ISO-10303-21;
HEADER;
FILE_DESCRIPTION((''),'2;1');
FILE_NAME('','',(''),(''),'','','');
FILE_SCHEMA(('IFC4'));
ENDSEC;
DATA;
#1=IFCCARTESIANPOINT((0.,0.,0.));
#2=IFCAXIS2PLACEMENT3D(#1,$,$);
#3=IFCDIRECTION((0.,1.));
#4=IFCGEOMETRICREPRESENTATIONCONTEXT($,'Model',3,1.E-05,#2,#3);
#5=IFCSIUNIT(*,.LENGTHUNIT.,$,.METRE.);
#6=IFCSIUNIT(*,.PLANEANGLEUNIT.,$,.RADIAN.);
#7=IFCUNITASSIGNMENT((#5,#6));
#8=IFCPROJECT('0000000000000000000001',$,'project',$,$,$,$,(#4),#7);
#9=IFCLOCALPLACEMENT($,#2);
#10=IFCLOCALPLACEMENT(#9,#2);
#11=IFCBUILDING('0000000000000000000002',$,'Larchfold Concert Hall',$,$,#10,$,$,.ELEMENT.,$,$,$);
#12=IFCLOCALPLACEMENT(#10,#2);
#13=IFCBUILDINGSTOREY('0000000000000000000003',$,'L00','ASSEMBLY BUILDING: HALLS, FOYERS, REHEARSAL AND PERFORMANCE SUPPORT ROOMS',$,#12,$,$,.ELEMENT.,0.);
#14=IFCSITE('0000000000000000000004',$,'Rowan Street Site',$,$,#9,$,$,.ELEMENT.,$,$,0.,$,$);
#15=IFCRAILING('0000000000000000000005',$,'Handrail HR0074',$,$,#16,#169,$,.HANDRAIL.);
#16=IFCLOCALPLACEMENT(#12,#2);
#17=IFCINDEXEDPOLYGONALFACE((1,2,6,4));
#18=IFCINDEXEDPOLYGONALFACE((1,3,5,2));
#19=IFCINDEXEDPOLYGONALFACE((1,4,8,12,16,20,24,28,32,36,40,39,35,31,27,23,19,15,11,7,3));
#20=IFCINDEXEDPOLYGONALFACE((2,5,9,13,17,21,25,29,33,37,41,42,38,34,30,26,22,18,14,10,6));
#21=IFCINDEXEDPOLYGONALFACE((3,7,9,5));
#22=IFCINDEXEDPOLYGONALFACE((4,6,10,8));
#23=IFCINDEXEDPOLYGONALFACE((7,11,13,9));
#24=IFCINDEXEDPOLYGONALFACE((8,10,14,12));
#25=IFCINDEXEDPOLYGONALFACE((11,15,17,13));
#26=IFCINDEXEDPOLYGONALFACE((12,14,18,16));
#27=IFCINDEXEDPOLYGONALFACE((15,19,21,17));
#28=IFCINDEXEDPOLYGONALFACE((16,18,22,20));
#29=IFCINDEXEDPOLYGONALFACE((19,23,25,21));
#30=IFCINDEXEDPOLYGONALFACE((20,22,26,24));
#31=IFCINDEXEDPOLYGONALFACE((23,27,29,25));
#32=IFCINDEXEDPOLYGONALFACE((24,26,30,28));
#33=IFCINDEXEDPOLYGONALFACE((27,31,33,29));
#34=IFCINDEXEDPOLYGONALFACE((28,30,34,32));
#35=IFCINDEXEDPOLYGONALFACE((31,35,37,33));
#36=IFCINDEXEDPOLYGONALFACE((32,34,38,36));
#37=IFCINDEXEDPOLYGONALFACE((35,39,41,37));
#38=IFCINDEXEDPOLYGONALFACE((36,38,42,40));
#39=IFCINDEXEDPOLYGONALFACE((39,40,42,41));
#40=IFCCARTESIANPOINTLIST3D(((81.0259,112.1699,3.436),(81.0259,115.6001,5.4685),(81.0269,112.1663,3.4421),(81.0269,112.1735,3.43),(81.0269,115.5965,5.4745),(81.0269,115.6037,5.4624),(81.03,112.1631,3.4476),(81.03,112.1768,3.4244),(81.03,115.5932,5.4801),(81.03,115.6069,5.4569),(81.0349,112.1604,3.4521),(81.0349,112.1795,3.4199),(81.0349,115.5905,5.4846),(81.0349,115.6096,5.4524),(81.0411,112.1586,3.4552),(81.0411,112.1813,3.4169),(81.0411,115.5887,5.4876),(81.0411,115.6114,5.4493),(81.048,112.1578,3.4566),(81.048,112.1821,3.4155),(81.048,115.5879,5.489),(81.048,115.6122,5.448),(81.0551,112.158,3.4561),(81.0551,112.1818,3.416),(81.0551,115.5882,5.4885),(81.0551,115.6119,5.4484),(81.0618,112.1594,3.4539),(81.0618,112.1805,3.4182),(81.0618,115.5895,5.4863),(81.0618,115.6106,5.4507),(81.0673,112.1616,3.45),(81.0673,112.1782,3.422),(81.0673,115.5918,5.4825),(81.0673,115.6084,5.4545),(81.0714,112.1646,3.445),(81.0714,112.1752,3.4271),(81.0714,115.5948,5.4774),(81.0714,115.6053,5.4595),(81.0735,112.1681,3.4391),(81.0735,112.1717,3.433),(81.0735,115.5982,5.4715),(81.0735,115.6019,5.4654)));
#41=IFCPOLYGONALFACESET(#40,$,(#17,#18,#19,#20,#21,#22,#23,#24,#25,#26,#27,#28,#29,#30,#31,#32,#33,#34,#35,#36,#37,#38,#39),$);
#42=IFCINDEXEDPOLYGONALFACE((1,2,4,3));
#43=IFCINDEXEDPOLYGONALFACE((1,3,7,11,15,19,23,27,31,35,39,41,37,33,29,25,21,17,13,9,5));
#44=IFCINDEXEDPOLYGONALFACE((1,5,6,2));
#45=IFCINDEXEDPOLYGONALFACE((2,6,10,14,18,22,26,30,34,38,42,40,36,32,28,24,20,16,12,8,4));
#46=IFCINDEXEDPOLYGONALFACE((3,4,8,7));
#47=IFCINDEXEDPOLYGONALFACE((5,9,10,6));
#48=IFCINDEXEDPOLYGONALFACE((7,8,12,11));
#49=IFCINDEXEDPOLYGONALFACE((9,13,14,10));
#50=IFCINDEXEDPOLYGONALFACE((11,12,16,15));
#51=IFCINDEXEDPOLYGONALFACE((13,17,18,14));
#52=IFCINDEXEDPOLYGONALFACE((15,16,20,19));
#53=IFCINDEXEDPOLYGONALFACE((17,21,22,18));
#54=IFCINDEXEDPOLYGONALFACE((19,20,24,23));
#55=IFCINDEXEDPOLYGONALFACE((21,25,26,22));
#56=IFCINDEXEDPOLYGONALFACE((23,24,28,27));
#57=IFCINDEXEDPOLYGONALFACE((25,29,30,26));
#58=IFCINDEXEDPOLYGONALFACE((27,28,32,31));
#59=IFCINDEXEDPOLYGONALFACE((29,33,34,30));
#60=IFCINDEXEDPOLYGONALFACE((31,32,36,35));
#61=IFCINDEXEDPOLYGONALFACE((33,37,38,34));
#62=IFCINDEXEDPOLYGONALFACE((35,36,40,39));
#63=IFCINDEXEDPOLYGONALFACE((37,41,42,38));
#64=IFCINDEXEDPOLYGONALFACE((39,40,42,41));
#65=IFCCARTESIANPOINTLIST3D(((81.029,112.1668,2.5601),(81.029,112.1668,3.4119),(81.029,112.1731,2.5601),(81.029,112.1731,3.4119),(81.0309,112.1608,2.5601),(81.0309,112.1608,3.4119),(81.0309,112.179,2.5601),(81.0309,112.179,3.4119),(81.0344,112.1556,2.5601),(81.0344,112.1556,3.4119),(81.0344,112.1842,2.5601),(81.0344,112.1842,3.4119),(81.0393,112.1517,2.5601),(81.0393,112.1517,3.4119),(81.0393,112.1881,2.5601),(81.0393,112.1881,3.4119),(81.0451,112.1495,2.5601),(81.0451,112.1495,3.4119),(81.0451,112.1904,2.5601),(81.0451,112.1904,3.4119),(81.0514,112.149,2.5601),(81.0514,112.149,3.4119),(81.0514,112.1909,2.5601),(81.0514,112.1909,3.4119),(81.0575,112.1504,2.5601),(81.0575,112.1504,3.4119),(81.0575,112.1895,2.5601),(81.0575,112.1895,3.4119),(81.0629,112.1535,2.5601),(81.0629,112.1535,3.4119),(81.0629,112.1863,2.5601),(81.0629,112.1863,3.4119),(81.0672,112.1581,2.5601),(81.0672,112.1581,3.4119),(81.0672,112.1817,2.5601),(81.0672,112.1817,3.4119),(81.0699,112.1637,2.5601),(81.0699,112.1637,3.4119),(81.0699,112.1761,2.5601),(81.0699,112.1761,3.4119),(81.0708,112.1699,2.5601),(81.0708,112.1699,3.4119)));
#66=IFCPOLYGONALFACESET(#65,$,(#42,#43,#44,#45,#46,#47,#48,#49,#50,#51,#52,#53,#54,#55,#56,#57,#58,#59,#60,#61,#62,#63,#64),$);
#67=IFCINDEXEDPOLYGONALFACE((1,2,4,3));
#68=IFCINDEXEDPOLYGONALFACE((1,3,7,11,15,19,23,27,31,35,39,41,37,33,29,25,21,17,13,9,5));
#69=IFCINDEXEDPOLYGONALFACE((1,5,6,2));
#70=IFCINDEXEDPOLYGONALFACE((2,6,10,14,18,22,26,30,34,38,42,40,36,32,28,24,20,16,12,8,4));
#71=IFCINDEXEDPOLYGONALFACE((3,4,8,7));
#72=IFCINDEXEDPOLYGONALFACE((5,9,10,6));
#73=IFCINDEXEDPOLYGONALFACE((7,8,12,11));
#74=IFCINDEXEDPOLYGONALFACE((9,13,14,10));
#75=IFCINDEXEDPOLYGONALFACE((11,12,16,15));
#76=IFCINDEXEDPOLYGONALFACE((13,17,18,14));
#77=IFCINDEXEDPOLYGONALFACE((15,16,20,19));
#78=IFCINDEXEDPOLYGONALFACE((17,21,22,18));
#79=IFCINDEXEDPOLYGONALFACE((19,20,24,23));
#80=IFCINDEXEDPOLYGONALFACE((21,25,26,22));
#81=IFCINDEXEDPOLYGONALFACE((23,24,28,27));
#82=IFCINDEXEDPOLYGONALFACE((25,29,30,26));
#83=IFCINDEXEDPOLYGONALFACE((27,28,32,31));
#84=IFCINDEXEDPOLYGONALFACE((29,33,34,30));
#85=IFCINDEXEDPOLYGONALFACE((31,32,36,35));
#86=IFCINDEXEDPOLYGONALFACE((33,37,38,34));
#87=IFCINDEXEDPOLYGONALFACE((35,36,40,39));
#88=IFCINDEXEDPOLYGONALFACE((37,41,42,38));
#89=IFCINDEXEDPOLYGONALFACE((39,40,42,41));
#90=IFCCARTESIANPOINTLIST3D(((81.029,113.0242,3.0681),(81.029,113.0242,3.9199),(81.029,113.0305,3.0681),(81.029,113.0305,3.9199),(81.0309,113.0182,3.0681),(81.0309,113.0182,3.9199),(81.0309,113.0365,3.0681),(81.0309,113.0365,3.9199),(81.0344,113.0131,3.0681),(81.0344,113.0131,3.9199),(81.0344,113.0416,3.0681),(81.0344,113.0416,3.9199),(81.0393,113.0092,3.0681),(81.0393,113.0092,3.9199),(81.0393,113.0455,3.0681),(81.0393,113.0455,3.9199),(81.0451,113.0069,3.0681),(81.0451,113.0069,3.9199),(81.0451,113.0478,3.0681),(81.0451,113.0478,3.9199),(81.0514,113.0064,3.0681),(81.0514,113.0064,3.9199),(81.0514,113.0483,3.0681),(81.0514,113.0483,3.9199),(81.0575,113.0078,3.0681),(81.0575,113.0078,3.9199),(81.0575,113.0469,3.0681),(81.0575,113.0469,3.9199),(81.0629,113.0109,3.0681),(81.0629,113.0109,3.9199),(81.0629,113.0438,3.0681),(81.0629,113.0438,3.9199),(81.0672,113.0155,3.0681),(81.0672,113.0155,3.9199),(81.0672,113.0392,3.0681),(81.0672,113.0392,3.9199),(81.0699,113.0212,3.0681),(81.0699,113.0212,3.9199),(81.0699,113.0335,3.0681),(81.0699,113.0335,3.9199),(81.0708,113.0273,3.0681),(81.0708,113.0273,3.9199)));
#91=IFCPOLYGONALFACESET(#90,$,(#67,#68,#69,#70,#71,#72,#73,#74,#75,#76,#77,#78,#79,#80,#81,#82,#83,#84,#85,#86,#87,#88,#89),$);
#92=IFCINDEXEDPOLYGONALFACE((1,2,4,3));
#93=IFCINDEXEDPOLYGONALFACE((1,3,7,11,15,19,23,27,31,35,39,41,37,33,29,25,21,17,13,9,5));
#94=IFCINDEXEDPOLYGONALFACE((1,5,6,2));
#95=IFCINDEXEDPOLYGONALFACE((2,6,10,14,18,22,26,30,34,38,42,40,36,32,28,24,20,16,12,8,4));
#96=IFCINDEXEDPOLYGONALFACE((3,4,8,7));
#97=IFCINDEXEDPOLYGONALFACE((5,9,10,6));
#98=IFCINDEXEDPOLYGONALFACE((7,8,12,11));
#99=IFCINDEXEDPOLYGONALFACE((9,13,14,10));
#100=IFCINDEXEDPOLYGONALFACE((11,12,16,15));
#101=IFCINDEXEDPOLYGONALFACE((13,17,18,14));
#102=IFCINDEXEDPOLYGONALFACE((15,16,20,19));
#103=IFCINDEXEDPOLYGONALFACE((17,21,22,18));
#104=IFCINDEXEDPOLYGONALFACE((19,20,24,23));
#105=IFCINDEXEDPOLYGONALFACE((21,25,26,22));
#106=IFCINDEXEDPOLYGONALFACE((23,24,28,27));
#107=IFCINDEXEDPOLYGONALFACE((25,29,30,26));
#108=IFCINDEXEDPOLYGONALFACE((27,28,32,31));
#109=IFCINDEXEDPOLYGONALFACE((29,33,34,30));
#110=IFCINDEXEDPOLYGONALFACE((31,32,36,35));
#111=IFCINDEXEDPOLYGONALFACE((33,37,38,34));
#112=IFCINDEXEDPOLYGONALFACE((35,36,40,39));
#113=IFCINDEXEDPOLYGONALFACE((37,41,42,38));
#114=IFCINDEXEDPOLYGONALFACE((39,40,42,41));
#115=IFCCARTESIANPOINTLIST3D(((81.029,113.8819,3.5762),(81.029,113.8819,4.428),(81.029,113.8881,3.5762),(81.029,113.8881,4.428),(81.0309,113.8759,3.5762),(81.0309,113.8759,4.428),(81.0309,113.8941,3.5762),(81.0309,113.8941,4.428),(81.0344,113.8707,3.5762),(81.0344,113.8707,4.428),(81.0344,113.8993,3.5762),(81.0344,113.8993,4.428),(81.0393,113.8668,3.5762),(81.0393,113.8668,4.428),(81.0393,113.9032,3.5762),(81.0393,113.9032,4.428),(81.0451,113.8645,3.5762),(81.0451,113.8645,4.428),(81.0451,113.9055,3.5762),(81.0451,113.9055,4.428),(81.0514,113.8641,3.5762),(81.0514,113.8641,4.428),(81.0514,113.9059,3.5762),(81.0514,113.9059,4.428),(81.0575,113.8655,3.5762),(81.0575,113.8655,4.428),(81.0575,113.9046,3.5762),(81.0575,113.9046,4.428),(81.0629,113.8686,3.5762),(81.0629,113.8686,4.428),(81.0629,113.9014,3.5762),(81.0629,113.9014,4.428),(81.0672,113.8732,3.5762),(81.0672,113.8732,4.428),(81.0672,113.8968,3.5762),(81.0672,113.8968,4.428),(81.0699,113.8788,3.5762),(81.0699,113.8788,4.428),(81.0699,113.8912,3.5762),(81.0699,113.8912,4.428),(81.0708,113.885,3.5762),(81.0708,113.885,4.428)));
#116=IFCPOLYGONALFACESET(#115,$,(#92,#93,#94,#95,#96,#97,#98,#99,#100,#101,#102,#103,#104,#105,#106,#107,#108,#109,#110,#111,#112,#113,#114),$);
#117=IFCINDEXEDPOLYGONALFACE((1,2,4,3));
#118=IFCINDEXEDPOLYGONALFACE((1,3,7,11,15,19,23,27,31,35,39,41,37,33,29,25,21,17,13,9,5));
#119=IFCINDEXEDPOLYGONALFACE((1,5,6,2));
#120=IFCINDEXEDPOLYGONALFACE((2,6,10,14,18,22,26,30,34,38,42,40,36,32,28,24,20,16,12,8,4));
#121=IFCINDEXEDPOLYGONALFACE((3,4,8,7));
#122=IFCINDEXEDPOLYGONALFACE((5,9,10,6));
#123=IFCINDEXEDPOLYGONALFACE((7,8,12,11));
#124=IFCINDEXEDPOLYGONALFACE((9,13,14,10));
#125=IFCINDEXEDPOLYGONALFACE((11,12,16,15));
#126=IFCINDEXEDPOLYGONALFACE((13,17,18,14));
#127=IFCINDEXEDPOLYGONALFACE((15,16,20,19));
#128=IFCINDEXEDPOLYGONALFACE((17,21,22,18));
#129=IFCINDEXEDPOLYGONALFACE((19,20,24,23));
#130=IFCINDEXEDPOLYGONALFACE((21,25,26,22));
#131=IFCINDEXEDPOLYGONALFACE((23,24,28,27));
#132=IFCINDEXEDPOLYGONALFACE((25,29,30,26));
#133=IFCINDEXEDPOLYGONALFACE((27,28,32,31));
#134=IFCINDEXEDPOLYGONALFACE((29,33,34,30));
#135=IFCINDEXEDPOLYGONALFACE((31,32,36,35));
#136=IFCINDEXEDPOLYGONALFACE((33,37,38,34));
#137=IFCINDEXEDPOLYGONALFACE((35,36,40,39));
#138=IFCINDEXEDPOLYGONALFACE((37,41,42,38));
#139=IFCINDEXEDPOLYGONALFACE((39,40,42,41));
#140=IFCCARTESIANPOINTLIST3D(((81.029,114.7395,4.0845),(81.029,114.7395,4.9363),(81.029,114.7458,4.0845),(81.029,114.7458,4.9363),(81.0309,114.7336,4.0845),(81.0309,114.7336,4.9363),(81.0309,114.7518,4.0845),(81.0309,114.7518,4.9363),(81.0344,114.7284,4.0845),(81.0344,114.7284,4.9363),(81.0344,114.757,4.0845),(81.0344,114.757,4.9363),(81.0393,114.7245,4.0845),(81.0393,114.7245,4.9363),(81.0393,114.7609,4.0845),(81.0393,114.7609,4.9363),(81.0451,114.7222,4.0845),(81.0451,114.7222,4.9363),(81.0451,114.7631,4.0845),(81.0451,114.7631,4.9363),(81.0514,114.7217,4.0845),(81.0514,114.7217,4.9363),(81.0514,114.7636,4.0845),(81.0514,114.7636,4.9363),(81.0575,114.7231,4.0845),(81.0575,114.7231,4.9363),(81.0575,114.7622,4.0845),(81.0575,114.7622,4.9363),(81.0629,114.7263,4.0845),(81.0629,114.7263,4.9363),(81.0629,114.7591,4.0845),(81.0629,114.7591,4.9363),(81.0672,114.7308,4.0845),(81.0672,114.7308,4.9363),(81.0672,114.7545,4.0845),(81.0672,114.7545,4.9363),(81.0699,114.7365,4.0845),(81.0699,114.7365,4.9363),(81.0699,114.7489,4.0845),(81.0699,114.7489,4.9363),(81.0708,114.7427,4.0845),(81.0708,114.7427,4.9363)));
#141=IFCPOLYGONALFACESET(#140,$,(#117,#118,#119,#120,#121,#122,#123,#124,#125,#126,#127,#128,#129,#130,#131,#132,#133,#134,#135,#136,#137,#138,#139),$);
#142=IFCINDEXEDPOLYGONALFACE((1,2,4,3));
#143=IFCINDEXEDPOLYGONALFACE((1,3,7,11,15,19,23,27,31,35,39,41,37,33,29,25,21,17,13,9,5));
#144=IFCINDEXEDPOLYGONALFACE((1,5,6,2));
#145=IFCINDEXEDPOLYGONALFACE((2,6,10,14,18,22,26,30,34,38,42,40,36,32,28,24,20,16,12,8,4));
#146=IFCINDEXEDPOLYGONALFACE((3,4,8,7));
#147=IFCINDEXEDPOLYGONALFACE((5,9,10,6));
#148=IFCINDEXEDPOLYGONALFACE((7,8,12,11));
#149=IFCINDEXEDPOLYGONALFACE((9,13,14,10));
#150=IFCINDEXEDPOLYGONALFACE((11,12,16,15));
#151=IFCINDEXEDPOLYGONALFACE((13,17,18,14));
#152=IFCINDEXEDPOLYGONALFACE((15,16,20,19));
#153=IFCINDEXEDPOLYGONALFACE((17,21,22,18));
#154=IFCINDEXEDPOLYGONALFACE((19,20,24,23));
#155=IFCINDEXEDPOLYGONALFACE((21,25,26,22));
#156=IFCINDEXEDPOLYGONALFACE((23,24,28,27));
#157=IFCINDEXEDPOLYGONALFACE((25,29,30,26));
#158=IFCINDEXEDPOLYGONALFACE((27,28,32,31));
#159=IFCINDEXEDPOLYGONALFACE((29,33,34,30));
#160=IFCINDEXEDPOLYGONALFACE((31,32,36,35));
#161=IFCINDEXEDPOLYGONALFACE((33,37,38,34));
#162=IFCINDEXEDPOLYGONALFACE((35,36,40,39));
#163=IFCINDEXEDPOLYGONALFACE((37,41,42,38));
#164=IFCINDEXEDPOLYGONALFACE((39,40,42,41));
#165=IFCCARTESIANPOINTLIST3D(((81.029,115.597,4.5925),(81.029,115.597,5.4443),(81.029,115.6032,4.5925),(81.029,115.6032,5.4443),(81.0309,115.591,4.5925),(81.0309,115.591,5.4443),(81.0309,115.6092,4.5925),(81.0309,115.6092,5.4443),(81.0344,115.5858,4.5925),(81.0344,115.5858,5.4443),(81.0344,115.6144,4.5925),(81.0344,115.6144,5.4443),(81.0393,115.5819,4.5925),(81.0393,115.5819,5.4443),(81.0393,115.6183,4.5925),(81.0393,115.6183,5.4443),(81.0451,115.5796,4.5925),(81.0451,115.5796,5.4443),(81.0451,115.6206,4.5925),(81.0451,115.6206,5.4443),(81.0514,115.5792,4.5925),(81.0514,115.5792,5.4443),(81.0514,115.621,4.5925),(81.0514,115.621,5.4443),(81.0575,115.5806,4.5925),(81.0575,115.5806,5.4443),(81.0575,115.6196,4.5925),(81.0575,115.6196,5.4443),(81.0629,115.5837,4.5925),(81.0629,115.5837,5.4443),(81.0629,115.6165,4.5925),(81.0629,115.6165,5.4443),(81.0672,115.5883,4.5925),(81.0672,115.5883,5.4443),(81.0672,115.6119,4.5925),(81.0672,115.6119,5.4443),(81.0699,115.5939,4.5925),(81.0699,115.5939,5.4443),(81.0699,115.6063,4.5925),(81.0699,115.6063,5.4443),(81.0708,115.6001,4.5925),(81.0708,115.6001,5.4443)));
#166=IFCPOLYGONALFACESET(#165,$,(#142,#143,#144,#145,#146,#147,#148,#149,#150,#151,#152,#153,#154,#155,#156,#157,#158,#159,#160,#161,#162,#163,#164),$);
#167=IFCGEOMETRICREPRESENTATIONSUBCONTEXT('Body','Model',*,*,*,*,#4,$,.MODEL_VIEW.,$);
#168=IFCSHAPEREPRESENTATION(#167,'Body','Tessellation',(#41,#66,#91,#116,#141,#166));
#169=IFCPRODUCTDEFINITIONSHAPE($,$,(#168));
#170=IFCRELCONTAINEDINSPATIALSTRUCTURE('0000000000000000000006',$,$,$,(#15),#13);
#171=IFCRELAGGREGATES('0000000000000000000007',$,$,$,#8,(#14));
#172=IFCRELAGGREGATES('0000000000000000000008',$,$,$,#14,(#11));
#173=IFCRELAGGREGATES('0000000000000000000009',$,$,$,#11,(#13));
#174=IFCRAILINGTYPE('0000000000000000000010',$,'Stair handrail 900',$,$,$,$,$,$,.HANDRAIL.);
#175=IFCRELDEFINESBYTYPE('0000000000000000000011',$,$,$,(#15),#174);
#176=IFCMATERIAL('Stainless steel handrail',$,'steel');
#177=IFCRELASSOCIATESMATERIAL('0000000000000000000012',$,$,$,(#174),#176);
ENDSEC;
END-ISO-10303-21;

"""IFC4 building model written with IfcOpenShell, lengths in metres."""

from ifc_helpers import new_model, si_unit, direction, frame, origin, origin_2d, place, context, subcontext, project, spatial, circle, extrude, material, type_object, element, save


model = new_model("IFC4")

# Units and contexts
model_context = context("Model", 3, precision=1e-05, world=origin(), true_north=direction((0.0, 1.0)))
body_context = subcontext(model_context, "Body", "Model", "MODEL_VIEW")
ifc_project = project(units=[si_unit("LENGTHUNIT", "METRE"), si_unit("PLANEANGLEUNIT", "RADIAN")], contexts=[model_context])

# Site, building, storey
site_placement = place(None, origin())
site = spatial("IfcSite", under=ifc_project, at=site_placement, Name="Rowan Street Site", CompositionType="ELEMENT", RefElevation=0.0)
building_placement = place(site_placement, origin())
building = spatial("IfcBuilding", under=site, at=building_placement, Name="Larchfold Concert Hall", CompositionType="ELEMENT")
storey_placement = place(building_placement, origin())
storey = spatial("IfcBuildingStorey", under=building, at=storey_placement, Name="L00", Description="ASSEMBLY BUILDING: HALLS, FOYERS, REHEARSAL AND PERFORMANCE SUPPORT ROOMS", CompositionType="ELEMENT", Elevation=0.0)

# Railing
ifc_material_1 = material(Name="Stainless steel handrail", Category="steel")
railing_type_1 = type_object("IfcRailingType", Name="Stair handrail 900", PredefinedType="HANDRAIL", material=ifc_material_1)
railing_1_placement = place(storey_placement, frame((81.0498, 112.1699, 2.5601)))
element("IfcRailing", 1, at=railing_1_placement, inside=storey, type_object=railing_type_1, Name="Handrail HR0074", PredefinedType="HANDRAIL", context=body_context, shape_type="SweptSolid", body=[
    extrude(circle(Radius=0.0239, at=origin_2d()), frame((0.0, 0.0, 0.876), z_axis=(0.0, 0.860316, 0.50976), x_axis=(-1.0, 0.0, 0.0)), (0.0, 0.0, 1.0), 3.9871),
    extrude(circle(Radius=0.021, at=origin_2d()), origin(), (0.0, 0.0, 1.0), 0.8518),
    extrude(circle(Radius=0.021, at=origin_2d()), frame((0.0, 0.8574, 0.5081)), (0.0, 0.0, 1.0), 0.8518),
    extrude(circle(Radius=0.021, at=origin_2d()), frame((0.0, 1.7151, 1.0161)), (0.0, 0.0, 1.0), 0.8518),
    extrude(circle(Radius=0.021, at=origin_2d()), frame((0.0, 2.5728, 1.5244)), (0.0, 0.0, 1.0), 0.8518),
    extrude(circle(Radius=0.021, at=origin_2d()), frame((0.0, 3.4302, 2.0325)), (0.0, 0.0, 1.0), 0.8518),
])

save(model, "model.ifc")
